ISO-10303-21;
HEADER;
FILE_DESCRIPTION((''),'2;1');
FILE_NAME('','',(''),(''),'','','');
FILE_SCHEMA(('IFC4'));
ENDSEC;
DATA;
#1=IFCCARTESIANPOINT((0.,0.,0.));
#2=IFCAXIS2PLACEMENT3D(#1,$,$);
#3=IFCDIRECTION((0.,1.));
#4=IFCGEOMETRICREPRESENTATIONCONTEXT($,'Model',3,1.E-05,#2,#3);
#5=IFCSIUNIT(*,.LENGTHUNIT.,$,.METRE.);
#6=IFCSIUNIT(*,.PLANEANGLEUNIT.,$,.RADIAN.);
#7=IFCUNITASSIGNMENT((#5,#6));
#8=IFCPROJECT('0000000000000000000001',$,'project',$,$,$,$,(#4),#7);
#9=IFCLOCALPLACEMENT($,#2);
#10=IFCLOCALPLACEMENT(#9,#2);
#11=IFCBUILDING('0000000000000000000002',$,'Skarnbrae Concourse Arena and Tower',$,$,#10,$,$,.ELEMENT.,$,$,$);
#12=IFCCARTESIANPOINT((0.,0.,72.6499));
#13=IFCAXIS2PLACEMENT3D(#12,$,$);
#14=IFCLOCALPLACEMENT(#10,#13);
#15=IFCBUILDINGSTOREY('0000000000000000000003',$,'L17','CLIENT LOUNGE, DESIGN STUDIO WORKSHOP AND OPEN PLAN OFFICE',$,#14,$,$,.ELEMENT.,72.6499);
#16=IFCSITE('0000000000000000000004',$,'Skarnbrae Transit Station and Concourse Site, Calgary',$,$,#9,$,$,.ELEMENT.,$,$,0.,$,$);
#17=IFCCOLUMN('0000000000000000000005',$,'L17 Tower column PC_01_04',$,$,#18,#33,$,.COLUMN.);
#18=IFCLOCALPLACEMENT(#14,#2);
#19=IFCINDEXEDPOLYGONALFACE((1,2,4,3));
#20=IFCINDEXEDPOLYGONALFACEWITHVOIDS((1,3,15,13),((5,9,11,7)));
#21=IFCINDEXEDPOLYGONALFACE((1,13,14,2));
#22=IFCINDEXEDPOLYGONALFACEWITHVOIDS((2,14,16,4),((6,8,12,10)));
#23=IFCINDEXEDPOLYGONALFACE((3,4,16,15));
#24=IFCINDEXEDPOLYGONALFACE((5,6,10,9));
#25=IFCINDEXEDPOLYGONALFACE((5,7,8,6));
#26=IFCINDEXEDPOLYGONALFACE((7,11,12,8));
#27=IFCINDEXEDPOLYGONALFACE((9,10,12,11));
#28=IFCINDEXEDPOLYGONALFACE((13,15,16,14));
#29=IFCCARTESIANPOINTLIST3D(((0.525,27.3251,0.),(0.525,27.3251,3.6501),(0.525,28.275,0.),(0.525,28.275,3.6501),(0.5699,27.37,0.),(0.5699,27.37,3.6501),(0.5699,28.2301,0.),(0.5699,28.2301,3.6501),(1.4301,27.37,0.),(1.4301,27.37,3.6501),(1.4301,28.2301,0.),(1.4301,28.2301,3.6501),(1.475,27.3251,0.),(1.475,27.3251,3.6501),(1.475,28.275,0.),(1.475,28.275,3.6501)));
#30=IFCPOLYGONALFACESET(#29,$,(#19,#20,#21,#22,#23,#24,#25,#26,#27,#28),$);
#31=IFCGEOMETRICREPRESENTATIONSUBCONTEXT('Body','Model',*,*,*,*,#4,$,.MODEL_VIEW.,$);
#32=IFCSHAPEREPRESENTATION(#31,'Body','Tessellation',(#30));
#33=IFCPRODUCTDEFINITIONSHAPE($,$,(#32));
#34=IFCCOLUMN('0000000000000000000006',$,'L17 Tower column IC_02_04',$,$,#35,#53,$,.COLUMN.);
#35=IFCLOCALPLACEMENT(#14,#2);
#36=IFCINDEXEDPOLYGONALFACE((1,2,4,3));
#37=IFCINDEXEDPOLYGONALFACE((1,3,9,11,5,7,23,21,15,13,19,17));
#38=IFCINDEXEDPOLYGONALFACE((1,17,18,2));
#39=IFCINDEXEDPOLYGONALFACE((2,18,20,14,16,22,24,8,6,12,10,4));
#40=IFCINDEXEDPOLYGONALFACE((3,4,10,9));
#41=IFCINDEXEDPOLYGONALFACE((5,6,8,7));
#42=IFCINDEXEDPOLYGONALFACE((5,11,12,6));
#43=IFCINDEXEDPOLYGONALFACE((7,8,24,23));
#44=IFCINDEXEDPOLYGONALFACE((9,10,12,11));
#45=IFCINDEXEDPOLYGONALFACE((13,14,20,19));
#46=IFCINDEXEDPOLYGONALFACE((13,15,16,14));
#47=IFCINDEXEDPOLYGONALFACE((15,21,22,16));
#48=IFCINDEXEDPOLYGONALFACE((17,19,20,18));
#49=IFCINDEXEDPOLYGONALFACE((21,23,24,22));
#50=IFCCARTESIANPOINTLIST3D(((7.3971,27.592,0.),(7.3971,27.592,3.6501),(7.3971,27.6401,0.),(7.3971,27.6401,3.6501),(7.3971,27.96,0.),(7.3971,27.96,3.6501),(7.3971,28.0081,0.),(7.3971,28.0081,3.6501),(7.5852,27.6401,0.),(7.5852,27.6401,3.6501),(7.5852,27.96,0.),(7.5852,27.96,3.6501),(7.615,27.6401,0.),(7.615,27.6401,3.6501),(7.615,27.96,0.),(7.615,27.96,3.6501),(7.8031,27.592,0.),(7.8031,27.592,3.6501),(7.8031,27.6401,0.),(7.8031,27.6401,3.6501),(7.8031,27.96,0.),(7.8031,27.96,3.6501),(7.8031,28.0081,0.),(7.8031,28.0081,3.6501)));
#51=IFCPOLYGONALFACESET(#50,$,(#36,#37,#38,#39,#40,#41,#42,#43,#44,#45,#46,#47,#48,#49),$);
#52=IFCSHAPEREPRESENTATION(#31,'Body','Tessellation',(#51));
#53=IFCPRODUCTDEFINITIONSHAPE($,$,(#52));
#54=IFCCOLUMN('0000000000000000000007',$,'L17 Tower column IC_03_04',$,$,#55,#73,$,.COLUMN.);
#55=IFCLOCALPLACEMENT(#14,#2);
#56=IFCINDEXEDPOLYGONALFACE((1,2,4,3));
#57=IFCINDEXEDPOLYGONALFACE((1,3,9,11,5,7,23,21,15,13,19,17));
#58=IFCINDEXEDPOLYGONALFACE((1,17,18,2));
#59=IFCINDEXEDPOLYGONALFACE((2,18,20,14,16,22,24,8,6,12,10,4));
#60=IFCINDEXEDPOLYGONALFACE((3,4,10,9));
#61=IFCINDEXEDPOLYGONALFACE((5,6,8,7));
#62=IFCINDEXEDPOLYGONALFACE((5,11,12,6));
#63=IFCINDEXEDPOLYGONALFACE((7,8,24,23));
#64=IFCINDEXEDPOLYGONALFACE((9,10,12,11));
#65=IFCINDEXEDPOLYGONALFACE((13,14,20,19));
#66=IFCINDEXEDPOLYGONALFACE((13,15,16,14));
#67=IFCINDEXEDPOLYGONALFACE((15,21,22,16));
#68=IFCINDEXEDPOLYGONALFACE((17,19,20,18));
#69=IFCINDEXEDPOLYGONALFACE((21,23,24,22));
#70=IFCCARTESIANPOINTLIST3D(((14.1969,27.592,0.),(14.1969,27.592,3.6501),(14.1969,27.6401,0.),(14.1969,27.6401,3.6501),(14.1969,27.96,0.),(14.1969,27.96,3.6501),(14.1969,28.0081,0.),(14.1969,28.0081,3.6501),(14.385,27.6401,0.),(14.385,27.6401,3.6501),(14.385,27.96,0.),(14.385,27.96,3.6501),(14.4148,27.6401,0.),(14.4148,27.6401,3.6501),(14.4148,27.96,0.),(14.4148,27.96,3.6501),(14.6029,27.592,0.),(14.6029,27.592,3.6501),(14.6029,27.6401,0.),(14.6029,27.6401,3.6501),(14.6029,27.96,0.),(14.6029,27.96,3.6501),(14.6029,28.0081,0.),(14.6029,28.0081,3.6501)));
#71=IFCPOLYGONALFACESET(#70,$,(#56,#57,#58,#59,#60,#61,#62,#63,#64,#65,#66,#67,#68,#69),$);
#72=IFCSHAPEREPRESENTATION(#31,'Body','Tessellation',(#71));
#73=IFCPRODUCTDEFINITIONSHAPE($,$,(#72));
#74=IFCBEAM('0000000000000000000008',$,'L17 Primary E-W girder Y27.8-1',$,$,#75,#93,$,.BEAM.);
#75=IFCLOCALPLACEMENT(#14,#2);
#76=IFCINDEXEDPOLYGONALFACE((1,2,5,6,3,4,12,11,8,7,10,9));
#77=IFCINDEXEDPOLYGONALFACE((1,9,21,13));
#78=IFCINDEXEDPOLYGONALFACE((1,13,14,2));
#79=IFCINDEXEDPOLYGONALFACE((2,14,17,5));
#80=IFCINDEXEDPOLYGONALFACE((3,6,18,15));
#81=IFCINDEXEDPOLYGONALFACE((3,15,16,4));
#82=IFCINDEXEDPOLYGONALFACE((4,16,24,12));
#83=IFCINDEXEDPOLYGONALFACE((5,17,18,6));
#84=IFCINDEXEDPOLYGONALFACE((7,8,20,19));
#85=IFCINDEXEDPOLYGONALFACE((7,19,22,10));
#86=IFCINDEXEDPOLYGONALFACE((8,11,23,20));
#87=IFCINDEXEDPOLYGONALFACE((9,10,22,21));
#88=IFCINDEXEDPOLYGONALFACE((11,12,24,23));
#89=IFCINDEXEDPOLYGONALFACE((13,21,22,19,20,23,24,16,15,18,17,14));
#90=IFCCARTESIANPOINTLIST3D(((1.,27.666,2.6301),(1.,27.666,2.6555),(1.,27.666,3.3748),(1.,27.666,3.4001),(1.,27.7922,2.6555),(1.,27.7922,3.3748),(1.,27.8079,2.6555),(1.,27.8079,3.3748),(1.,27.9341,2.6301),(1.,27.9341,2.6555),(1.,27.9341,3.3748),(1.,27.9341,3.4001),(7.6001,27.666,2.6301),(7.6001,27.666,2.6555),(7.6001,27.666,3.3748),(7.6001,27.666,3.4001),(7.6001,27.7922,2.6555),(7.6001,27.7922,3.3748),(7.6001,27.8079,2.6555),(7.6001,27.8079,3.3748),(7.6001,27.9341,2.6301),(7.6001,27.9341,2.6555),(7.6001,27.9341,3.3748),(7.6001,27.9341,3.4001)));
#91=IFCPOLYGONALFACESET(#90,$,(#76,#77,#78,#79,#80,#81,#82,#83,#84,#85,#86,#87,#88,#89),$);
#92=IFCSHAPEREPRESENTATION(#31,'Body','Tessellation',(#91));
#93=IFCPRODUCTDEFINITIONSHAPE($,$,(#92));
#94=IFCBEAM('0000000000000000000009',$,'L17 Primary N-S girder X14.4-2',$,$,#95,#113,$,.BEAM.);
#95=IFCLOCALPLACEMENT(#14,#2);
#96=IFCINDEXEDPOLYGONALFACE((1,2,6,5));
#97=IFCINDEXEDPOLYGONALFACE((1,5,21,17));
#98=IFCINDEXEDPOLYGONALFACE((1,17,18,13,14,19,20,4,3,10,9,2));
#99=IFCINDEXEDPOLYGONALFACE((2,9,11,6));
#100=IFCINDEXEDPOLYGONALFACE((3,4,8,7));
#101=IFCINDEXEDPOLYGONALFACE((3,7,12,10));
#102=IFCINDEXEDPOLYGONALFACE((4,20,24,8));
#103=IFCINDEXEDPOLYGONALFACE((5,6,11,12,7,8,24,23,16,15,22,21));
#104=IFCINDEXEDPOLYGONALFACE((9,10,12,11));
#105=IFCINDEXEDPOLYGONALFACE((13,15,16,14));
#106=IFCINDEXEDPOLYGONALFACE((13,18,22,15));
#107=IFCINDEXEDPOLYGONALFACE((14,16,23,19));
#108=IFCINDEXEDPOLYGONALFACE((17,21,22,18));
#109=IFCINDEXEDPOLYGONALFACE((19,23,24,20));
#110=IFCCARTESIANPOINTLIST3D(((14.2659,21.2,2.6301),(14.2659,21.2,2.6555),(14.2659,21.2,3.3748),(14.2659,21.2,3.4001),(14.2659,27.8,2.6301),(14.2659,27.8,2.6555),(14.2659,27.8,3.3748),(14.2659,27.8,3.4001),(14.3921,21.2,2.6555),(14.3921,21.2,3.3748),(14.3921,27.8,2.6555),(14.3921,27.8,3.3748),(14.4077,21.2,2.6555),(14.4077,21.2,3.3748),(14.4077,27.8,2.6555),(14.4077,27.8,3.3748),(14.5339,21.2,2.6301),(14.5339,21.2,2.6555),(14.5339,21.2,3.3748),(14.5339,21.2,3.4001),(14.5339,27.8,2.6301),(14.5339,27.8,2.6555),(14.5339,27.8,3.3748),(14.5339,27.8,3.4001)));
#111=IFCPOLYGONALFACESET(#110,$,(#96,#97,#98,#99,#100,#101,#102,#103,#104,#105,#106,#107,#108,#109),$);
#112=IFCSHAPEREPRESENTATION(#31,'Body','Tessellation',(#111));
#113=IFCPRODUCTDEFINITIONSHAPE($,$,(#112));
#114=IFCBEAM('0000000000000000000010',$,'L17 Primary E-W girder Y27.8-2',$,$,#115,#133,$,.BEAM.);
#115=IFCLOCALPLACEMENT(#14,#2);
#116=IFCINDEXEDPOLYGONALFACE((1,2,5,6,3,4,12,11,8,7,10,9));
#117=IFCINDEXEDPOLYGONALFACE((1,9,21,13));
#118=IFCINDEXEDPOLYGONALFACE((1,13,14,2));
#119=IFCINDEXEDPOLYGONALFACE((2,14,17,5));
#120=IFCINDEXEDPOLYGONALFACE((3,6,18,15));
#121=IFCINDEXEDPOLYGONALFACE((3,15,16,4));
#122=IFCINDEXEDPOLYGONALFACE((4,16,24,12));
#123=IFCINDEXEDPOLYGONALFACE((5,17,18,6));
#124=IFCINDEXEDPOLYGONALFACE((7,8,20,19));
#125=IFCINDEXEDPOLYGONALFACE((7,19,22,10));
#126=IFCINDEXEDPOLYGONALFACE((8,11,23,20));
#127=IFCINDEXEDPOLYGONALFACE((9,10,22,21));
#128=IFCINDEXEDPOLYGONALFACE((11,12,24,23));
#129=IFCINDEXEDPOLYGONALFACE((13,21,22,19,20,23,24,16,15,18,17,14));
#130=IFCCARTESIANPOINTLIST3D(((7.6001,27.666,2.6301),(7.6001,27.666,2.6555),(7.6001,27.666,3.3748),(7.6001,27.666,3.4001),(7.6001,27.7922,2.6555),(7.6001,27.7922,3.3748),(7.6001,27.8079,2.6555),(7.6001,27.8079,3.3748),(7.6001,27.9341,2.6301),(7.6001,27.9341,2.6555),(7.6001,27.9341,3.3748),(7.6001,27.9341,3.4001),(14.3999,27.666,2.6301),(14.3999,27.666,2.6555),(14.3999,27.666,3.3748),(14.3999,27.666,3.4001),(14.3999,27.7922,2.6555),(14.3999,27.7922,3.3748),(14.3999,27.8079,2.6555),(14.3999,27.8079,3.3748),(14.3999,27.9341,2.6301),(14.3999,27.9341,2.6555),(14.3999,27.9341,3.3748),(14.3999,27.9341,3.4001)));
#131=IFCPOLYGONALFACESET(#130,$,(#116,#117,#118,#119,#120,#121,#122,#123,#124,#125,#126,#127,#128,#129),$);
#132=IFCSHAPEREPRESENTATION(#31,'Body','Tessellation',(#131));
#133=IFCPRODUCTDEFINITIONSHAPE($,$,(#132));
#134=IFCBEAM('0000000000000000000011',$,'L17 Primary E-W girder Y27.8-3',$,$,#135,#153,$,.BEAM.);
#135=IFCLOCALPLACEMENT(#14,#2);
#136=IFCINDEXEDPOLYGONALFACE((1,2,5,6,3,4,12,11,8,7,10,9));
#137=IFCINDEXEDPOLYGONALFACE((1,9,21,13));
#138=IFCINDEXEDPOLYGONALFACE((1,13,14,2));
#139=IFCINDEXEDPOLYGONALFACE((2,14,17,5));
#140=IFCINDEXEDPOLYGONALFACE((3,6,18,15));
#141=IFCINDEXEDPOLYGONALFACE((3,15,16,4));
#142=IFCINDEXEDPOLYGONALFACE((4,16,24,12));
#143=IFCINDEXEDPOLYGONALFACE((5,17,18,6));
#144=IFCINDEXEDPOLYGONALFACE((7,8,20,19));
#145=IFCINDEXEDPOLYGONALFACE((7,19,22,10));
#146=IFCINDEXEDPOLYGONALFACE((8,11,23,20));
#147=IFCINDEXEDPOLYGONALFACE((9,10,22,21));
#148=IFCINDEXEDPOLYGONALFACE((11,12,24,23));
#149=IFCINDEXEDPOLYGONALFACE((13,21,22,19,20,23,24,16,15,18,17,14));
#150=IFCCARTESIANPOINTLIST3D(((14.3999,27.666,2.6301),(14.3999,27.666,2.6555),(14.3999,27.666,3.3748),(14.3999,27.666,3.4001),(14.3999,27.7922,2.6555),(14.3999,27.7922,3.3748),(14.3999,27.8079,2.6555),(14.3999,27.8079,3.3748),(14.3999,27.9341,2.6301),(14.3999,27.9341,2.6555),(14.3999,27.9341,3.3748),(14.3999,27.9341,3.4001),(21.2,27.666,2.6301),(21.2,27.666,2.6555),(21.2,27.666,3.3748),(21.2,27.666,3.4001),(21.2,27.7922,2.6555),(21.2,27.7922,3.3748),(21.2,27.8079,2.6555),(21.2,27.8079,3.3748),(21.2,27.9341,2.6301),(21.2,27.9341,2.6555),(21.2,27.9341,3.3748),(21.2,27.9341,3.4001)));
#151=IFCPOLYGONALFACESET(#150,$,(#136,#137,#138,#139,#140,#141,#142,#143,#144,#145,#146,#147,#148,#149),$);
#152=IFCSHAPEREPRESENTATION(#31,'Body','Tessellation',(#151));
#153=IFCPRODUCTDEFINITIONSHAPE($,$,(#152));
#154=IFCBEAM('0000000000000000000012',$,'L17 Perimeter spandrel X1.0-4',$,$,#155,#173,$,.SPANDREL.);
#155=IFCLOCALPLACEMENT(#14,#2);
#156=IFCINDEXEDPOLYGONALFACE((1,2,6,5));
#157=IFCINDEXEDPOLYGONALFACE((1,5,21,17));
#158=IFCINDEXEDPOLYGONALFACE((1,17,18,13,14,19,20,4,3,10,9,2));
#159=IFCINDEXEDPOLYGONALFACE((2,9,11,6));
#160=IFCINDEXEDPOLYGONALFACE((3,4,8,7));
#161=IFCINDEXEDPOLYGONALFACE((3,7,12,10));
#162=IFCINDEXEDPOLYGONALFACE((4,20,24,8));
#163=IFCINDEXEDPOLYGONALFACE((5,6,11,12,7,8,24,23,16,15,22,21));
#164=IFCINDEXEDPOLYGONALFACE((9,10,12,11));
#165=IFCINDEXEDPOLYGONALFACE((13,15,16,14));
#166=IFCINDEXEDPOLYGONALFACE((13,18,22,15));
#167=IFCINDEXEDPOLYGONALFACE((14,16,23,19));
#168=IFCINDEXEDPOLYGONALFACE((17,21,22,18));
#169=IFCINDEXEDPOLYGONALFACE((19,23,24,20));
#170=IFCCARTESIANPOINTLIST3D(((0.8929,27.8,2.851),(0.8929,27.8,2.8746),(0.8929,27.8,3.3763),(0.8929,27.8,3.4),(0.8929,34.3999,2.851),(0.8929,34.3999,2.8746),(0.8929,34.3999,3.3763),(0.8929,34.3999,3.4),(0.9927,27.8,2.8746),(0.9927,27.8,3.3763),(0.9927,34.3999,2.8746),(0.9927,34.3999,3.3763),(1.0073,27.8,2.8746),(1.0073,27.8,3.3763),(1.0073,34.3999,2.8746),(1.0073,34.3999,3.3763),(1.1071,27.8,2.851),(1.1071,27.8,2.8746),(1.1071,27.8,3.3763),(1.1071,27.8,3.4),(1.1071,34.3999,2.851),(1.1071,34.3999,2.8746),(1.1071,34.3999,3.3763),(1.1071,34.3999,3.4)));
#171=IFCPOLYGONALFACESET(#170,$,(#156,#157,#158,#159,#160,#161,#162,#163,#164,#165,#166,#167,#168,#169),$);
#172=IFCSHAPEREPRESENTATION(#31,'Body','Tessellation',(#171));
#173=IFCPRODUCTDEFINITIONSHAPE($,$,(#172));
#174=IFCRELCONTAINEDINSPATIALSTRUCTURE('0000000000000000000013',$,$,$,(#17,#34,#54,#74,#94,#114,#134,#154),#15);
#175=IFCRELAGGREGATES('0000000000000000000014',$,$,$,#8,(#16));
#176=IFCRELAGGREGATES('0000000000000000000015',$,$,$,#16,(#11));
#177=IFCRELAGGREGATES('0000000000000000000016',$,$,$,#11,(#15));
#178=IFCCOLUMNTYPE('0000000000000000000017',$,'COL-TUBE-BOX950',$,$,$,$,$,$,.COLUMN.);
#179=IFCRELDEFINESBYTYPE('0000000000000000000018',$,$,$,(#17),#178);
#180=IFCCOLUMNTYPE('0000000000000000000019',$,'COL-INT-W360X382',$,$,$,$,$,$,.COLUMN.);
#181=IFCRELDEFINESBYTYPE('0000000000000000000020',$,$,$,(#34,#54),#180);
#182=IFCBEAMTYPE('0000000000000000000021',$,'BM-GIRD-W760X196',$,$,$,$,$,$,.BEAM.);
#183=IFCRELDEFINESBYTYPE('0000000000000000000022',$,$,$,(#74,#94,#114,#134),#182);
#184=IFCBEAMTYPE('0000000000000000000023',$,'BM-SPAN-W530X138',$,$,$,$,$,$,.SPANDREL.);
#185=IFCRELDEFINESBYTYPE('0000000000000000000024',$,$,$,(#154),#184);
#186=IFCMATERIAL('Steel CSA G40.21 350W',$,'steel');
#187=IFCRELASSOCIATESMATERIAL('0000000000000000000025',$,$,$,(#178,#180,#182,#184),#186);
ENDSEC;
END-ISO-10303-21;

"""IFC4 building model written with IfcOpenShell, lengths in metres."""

from ifc_helpers import new_model, si_unit, direction, frame, origin, origin_2d, place, context, subcontext, project, spatial, hollow_rectangle, i_section, extrude, source, transform, mapped, material, material_profile, profile_set, type_object, element, save


model = new_model("IFC4")

# Units and contexts
model_context = context("Model", 3, precision=1e-05, world=origin(), true_north=direction((0.0, 1.0)))
body_context = subcontext(model_context, "Body", "Model", "MODEL_VIEW")
ifc_project = project(units=[si_unit("LENGTHUNIT", "METRE"), si_unit("PLANEANGLEUNIT", "RADIAN")], contexts=[model_context])

# Site, building, storey
site_placement = place(None, origin())
site = spatial("IfcSite", under=ifc_project, at=site_placement, Name="Skarnbrae Transit Station and Concourse Site, Calgary", CompositionType="ELEMENT", RefElevation=0.0)
building_placement = place(site_placement, origin())
building = spatial("IfcBuilding", under=site, at=building_placement, Name="Skarnbrae Concourse Arena and Tower", CompositionType="ELEMENT")
storey_placement = place(building_placement, frame((0.0, 0.0, 72.6499)))
storey = spatial("IfcBuildingStorey", under=building, at=storey_placement, Name="L17", Description="CLIENT LOUNGE, DESIGN STUDIO WORKSHOP AND OPEN PLAN OFFICE", CompositionType="ELEMENT", Elevation=72.6499)

# Columns
ifc_material_1 = material(Name="Steel CSA G40.21 350W", Category="steel")
ifc_material_profile_1 = material_profile(ifc_material_1, hollow_rectangle(XDim=0.95, YDim=0.95, WallThickness=0.0449, at=origin_2d()), Name="BOX950X950X45")
ifc_profile_set_1 = profile_set([ifc_material_profile_1], Name="Steel CSA G40.21 350W")
column_type_1 = type_object("IfcColumnType", Name="COL-TUBE-BOX950", PredefinedType="COLUMN", material=ifc_profile_set_1)
shared_shape_1 = source(origin(), body_context, "Body", "SweptSolid", [
    extrude(hollow_rectangle(XDim=0.95, YDim=0.95, WallThickness=0.0449, at=origin_2d()), origin(), (0.0, 0.0, 1.0), 3.6501),
])
column_placement = place(storey_placement, frame((1.0, 27.8, 0.0), z_axis=(0.0, 0.0, 1.0), x_axis=(1.0, 0.0, 0.0)))
element("IfcColumn", 1, at=column_placement, inside=storey, type_object=column_type_1, Name="L17 Tower column PC_01_04", PredefinedType="COLUMN", context=body_context, shape_type="MappedRepresentation", body=[
    mapped(shared_shape_1, transform((0.0, 0.0, 0.0))),
])
ifc_material_profile_2 = material_profile(ifc_material_1, i_section(OverallWidth=0.406, OverallDepth=0.416, WebThickness=0.0298, FlangeThickness=0.0481, at=origin_2d()), Name="W360X382")
ifc_profile_set_2 = profile_set([ifc_material_profile_2], Name="Steel CSA G40.21 350W")
column_type_2 = type_object("IfcColumnType", Name="COL-INT-W360X382", PredefinedType="COLUMN", material=ifc_profile_set_2)
shared_shape_2 = source(origin(), body_context, "Body", "SweptSolid", [
    extrude(i_section(OverallWidth=0.406, OverallDepth=0.416, WebThickness=0.0298, FlangeThickness=0.0481, at=origin_2d()), origin(), (0.0, 0.0, 1.0), 3.6501),
])
for number, where, z_axis, x_axis, name in (
    (2, (7.6001, 27.8, 0.0), (0.0, 0.0, 1.0), (1.0, 0.0, 0.0), "L17 Tower column IC_02_04"),
    (3, (14.3999, 27.8, 0.0), (0.0, 0.0, 1.0), (1.0, 0.0, 0.0), "L17 Tower column IC_03_04"),
):
    element("IfcColumn", number, at=place(storey_placement, frame(where, z_axis=z_axis, x_axis=x_axis)), inside=storey, type_object=column_type_2, Name=name, PredefinedType="COLUMN", context=body_context, shape_type="MappedRepresentation", body=[
        mapped(shared_shape_2, transform((0.0, 0.0, 0.0))),
    ])

# Beams
ifc_material_profile_3 = material_profile(ifc_material_1, i_section(OverallWidth=0.2681, OverallDepth=0.77, WebThickness=0.0156, FlangeThickness=0.0254, at=origin_2d()), Name="W760X196")
ifc_profile_set_3 = profile_set([ifc_material_profile_3], Name="Steel CSA G40.21 350W")
beam_type_1 = type_object("IfcBeamType", Name="BM-GIRD-W760X196", PredefinedType="BEAM", material=ifc_profile_set_3)
shared_shape_3 = source(origin(), body_context, "Body", "SweptSolid", [
    extrude(i_section(OverallWidth=0.2681, OverallDepth=0.77, WebThickness=0.0156, FlangeThickness=0.0254, at=origin_2d()), origin(), (0.0, 0.0, 1.0), 6.6001),
])
for number, where, z_axis, x_axis, name in (
    (4, (1.0, 27.8, 3.0151), (1.0, 0.0, 0.0), (0.0, 1.0, 0.0), "L17 Primary E-W girder Y27.8-1"),
    (5, (14.3999, 21.2, 3.0151), (0.0, 1.0, 0.0), (-1.0, 0.0, 0.0), "L17 Primary N-S girder X14.4-2"),
):
    element("IfcBeam", number, at=place(storey_placement, frame(where, z_axis=z_axis, x_axis=x_axis)), inside=storey, type_object=beam_type_1, Name=name, PredefinedType="BEAM", context=body_context, shape_type="MappedRepresentation", body=[
        mapped(shared_shape_3, transform((0.0, 0.0, 0.0))),
    ])
shared_shape_4 = source(origin(), body_context, "Body", "SweptSolid", [
    extrude(i_section(OverallWidth=0.2681, OverallDepth=0.77, WebThickness=0.0156, FlangeThickness=0.0254, at=origin_2d()), origin(), (0.0, 0.0, 1.0), 6.7998),
])
beam_1_placement = place(storey_placement, frame((7.6001, 27.8, 3.0151), z_axis=(1.0, 0.0, 0.0), x_axis=(0.0, 1.0, 0.0)))
element("IfcBeam", 6, at=beam_1_placement, inside=storey, type_object=beam_type_1, Name="L17 Primary E-W girder Y27.8-2", PredefinedType="BEAM", context=body_context, shape_type="MappedRepresentation", body=[
    mapped(shared_shape_4, transform((0.0, 0.0, 0.0))),
])
shared_shape_5 = source(origin(), body_context, "Body", "SweptSolid", [
    extrude(i_section(OverallWidth=0.2681, OverallDepth=0.77, WebThickness=0.0156, FlangeThickness=0.0254, at=origin_2d()), origin(), (0.0, 0.0, 1.0), 6.8),
])
beam_2_placement = place(storey_placement, frame((14.3999, 27.8, 3.0151), z_axis=(1.0, 0.0, 0.0), x_axis=(0.0, 1.0, 0.0)))
element("IfcBeam", 7, at=beam_2_placement, inside=storey, type_object=beam_type_1, Name="L17 Primary E-W girder Y27.8-3", PredefinedType="BEAM", context=body_context, shape_type="MappedRepresentation", body=[
    mapped(shared_shape_5, transform((0.0, 0.0, 0.0))),
])
ifc_material_profile_4 = material_profile(ifc_material_1, i_section(OverallWidth=0.2141, OverallDepth=0.5491, WebThickness=0.0146, FlangeThickness=0.0237, at=origin_2d()), Name="W530X138")
ifc_profile_set_4 = profile_set([ifc_material_profile_4], Name="Steel CSA G40.21 350W")
beam_type_2 = type_object("IfcBeamType", Name="BM-SPAN-W530X138", PredefinedType="SPANDREL", material=ifc_profile_set_4)
shared_shape_6 = source(origin(), body_context, "Body", "SweptSolid", [
    extrude(i_section(OverallWidth=0.2141, OverallDepth=0.5491, WebThickness=0.0146, FlangeThickness=0.0237, at=origin_2d()), origin(), (0.0, 0.0, 1.0), 6.5999),
])
beam_3_placement = place(storey_placement, frame((1.0, 27.8, 3.1255), z_axis=(0.0, 1.0, 0.0), x_axis=(-1.0, 0.0, 0.0)))
element("IfcBeam", 8, at=beam_3_placement, inside=storey, type_object=beam_type_2, Name="L17 Perimeter spandrel X1.0-4", PredefinedType="SPANDREL", context=body_context, shape_type="MappedRepresentation", body=[
    mapped(shared_shape_6, transform((0.0, 0.0, 0.0))),
])

save(model, "model.ifc")
